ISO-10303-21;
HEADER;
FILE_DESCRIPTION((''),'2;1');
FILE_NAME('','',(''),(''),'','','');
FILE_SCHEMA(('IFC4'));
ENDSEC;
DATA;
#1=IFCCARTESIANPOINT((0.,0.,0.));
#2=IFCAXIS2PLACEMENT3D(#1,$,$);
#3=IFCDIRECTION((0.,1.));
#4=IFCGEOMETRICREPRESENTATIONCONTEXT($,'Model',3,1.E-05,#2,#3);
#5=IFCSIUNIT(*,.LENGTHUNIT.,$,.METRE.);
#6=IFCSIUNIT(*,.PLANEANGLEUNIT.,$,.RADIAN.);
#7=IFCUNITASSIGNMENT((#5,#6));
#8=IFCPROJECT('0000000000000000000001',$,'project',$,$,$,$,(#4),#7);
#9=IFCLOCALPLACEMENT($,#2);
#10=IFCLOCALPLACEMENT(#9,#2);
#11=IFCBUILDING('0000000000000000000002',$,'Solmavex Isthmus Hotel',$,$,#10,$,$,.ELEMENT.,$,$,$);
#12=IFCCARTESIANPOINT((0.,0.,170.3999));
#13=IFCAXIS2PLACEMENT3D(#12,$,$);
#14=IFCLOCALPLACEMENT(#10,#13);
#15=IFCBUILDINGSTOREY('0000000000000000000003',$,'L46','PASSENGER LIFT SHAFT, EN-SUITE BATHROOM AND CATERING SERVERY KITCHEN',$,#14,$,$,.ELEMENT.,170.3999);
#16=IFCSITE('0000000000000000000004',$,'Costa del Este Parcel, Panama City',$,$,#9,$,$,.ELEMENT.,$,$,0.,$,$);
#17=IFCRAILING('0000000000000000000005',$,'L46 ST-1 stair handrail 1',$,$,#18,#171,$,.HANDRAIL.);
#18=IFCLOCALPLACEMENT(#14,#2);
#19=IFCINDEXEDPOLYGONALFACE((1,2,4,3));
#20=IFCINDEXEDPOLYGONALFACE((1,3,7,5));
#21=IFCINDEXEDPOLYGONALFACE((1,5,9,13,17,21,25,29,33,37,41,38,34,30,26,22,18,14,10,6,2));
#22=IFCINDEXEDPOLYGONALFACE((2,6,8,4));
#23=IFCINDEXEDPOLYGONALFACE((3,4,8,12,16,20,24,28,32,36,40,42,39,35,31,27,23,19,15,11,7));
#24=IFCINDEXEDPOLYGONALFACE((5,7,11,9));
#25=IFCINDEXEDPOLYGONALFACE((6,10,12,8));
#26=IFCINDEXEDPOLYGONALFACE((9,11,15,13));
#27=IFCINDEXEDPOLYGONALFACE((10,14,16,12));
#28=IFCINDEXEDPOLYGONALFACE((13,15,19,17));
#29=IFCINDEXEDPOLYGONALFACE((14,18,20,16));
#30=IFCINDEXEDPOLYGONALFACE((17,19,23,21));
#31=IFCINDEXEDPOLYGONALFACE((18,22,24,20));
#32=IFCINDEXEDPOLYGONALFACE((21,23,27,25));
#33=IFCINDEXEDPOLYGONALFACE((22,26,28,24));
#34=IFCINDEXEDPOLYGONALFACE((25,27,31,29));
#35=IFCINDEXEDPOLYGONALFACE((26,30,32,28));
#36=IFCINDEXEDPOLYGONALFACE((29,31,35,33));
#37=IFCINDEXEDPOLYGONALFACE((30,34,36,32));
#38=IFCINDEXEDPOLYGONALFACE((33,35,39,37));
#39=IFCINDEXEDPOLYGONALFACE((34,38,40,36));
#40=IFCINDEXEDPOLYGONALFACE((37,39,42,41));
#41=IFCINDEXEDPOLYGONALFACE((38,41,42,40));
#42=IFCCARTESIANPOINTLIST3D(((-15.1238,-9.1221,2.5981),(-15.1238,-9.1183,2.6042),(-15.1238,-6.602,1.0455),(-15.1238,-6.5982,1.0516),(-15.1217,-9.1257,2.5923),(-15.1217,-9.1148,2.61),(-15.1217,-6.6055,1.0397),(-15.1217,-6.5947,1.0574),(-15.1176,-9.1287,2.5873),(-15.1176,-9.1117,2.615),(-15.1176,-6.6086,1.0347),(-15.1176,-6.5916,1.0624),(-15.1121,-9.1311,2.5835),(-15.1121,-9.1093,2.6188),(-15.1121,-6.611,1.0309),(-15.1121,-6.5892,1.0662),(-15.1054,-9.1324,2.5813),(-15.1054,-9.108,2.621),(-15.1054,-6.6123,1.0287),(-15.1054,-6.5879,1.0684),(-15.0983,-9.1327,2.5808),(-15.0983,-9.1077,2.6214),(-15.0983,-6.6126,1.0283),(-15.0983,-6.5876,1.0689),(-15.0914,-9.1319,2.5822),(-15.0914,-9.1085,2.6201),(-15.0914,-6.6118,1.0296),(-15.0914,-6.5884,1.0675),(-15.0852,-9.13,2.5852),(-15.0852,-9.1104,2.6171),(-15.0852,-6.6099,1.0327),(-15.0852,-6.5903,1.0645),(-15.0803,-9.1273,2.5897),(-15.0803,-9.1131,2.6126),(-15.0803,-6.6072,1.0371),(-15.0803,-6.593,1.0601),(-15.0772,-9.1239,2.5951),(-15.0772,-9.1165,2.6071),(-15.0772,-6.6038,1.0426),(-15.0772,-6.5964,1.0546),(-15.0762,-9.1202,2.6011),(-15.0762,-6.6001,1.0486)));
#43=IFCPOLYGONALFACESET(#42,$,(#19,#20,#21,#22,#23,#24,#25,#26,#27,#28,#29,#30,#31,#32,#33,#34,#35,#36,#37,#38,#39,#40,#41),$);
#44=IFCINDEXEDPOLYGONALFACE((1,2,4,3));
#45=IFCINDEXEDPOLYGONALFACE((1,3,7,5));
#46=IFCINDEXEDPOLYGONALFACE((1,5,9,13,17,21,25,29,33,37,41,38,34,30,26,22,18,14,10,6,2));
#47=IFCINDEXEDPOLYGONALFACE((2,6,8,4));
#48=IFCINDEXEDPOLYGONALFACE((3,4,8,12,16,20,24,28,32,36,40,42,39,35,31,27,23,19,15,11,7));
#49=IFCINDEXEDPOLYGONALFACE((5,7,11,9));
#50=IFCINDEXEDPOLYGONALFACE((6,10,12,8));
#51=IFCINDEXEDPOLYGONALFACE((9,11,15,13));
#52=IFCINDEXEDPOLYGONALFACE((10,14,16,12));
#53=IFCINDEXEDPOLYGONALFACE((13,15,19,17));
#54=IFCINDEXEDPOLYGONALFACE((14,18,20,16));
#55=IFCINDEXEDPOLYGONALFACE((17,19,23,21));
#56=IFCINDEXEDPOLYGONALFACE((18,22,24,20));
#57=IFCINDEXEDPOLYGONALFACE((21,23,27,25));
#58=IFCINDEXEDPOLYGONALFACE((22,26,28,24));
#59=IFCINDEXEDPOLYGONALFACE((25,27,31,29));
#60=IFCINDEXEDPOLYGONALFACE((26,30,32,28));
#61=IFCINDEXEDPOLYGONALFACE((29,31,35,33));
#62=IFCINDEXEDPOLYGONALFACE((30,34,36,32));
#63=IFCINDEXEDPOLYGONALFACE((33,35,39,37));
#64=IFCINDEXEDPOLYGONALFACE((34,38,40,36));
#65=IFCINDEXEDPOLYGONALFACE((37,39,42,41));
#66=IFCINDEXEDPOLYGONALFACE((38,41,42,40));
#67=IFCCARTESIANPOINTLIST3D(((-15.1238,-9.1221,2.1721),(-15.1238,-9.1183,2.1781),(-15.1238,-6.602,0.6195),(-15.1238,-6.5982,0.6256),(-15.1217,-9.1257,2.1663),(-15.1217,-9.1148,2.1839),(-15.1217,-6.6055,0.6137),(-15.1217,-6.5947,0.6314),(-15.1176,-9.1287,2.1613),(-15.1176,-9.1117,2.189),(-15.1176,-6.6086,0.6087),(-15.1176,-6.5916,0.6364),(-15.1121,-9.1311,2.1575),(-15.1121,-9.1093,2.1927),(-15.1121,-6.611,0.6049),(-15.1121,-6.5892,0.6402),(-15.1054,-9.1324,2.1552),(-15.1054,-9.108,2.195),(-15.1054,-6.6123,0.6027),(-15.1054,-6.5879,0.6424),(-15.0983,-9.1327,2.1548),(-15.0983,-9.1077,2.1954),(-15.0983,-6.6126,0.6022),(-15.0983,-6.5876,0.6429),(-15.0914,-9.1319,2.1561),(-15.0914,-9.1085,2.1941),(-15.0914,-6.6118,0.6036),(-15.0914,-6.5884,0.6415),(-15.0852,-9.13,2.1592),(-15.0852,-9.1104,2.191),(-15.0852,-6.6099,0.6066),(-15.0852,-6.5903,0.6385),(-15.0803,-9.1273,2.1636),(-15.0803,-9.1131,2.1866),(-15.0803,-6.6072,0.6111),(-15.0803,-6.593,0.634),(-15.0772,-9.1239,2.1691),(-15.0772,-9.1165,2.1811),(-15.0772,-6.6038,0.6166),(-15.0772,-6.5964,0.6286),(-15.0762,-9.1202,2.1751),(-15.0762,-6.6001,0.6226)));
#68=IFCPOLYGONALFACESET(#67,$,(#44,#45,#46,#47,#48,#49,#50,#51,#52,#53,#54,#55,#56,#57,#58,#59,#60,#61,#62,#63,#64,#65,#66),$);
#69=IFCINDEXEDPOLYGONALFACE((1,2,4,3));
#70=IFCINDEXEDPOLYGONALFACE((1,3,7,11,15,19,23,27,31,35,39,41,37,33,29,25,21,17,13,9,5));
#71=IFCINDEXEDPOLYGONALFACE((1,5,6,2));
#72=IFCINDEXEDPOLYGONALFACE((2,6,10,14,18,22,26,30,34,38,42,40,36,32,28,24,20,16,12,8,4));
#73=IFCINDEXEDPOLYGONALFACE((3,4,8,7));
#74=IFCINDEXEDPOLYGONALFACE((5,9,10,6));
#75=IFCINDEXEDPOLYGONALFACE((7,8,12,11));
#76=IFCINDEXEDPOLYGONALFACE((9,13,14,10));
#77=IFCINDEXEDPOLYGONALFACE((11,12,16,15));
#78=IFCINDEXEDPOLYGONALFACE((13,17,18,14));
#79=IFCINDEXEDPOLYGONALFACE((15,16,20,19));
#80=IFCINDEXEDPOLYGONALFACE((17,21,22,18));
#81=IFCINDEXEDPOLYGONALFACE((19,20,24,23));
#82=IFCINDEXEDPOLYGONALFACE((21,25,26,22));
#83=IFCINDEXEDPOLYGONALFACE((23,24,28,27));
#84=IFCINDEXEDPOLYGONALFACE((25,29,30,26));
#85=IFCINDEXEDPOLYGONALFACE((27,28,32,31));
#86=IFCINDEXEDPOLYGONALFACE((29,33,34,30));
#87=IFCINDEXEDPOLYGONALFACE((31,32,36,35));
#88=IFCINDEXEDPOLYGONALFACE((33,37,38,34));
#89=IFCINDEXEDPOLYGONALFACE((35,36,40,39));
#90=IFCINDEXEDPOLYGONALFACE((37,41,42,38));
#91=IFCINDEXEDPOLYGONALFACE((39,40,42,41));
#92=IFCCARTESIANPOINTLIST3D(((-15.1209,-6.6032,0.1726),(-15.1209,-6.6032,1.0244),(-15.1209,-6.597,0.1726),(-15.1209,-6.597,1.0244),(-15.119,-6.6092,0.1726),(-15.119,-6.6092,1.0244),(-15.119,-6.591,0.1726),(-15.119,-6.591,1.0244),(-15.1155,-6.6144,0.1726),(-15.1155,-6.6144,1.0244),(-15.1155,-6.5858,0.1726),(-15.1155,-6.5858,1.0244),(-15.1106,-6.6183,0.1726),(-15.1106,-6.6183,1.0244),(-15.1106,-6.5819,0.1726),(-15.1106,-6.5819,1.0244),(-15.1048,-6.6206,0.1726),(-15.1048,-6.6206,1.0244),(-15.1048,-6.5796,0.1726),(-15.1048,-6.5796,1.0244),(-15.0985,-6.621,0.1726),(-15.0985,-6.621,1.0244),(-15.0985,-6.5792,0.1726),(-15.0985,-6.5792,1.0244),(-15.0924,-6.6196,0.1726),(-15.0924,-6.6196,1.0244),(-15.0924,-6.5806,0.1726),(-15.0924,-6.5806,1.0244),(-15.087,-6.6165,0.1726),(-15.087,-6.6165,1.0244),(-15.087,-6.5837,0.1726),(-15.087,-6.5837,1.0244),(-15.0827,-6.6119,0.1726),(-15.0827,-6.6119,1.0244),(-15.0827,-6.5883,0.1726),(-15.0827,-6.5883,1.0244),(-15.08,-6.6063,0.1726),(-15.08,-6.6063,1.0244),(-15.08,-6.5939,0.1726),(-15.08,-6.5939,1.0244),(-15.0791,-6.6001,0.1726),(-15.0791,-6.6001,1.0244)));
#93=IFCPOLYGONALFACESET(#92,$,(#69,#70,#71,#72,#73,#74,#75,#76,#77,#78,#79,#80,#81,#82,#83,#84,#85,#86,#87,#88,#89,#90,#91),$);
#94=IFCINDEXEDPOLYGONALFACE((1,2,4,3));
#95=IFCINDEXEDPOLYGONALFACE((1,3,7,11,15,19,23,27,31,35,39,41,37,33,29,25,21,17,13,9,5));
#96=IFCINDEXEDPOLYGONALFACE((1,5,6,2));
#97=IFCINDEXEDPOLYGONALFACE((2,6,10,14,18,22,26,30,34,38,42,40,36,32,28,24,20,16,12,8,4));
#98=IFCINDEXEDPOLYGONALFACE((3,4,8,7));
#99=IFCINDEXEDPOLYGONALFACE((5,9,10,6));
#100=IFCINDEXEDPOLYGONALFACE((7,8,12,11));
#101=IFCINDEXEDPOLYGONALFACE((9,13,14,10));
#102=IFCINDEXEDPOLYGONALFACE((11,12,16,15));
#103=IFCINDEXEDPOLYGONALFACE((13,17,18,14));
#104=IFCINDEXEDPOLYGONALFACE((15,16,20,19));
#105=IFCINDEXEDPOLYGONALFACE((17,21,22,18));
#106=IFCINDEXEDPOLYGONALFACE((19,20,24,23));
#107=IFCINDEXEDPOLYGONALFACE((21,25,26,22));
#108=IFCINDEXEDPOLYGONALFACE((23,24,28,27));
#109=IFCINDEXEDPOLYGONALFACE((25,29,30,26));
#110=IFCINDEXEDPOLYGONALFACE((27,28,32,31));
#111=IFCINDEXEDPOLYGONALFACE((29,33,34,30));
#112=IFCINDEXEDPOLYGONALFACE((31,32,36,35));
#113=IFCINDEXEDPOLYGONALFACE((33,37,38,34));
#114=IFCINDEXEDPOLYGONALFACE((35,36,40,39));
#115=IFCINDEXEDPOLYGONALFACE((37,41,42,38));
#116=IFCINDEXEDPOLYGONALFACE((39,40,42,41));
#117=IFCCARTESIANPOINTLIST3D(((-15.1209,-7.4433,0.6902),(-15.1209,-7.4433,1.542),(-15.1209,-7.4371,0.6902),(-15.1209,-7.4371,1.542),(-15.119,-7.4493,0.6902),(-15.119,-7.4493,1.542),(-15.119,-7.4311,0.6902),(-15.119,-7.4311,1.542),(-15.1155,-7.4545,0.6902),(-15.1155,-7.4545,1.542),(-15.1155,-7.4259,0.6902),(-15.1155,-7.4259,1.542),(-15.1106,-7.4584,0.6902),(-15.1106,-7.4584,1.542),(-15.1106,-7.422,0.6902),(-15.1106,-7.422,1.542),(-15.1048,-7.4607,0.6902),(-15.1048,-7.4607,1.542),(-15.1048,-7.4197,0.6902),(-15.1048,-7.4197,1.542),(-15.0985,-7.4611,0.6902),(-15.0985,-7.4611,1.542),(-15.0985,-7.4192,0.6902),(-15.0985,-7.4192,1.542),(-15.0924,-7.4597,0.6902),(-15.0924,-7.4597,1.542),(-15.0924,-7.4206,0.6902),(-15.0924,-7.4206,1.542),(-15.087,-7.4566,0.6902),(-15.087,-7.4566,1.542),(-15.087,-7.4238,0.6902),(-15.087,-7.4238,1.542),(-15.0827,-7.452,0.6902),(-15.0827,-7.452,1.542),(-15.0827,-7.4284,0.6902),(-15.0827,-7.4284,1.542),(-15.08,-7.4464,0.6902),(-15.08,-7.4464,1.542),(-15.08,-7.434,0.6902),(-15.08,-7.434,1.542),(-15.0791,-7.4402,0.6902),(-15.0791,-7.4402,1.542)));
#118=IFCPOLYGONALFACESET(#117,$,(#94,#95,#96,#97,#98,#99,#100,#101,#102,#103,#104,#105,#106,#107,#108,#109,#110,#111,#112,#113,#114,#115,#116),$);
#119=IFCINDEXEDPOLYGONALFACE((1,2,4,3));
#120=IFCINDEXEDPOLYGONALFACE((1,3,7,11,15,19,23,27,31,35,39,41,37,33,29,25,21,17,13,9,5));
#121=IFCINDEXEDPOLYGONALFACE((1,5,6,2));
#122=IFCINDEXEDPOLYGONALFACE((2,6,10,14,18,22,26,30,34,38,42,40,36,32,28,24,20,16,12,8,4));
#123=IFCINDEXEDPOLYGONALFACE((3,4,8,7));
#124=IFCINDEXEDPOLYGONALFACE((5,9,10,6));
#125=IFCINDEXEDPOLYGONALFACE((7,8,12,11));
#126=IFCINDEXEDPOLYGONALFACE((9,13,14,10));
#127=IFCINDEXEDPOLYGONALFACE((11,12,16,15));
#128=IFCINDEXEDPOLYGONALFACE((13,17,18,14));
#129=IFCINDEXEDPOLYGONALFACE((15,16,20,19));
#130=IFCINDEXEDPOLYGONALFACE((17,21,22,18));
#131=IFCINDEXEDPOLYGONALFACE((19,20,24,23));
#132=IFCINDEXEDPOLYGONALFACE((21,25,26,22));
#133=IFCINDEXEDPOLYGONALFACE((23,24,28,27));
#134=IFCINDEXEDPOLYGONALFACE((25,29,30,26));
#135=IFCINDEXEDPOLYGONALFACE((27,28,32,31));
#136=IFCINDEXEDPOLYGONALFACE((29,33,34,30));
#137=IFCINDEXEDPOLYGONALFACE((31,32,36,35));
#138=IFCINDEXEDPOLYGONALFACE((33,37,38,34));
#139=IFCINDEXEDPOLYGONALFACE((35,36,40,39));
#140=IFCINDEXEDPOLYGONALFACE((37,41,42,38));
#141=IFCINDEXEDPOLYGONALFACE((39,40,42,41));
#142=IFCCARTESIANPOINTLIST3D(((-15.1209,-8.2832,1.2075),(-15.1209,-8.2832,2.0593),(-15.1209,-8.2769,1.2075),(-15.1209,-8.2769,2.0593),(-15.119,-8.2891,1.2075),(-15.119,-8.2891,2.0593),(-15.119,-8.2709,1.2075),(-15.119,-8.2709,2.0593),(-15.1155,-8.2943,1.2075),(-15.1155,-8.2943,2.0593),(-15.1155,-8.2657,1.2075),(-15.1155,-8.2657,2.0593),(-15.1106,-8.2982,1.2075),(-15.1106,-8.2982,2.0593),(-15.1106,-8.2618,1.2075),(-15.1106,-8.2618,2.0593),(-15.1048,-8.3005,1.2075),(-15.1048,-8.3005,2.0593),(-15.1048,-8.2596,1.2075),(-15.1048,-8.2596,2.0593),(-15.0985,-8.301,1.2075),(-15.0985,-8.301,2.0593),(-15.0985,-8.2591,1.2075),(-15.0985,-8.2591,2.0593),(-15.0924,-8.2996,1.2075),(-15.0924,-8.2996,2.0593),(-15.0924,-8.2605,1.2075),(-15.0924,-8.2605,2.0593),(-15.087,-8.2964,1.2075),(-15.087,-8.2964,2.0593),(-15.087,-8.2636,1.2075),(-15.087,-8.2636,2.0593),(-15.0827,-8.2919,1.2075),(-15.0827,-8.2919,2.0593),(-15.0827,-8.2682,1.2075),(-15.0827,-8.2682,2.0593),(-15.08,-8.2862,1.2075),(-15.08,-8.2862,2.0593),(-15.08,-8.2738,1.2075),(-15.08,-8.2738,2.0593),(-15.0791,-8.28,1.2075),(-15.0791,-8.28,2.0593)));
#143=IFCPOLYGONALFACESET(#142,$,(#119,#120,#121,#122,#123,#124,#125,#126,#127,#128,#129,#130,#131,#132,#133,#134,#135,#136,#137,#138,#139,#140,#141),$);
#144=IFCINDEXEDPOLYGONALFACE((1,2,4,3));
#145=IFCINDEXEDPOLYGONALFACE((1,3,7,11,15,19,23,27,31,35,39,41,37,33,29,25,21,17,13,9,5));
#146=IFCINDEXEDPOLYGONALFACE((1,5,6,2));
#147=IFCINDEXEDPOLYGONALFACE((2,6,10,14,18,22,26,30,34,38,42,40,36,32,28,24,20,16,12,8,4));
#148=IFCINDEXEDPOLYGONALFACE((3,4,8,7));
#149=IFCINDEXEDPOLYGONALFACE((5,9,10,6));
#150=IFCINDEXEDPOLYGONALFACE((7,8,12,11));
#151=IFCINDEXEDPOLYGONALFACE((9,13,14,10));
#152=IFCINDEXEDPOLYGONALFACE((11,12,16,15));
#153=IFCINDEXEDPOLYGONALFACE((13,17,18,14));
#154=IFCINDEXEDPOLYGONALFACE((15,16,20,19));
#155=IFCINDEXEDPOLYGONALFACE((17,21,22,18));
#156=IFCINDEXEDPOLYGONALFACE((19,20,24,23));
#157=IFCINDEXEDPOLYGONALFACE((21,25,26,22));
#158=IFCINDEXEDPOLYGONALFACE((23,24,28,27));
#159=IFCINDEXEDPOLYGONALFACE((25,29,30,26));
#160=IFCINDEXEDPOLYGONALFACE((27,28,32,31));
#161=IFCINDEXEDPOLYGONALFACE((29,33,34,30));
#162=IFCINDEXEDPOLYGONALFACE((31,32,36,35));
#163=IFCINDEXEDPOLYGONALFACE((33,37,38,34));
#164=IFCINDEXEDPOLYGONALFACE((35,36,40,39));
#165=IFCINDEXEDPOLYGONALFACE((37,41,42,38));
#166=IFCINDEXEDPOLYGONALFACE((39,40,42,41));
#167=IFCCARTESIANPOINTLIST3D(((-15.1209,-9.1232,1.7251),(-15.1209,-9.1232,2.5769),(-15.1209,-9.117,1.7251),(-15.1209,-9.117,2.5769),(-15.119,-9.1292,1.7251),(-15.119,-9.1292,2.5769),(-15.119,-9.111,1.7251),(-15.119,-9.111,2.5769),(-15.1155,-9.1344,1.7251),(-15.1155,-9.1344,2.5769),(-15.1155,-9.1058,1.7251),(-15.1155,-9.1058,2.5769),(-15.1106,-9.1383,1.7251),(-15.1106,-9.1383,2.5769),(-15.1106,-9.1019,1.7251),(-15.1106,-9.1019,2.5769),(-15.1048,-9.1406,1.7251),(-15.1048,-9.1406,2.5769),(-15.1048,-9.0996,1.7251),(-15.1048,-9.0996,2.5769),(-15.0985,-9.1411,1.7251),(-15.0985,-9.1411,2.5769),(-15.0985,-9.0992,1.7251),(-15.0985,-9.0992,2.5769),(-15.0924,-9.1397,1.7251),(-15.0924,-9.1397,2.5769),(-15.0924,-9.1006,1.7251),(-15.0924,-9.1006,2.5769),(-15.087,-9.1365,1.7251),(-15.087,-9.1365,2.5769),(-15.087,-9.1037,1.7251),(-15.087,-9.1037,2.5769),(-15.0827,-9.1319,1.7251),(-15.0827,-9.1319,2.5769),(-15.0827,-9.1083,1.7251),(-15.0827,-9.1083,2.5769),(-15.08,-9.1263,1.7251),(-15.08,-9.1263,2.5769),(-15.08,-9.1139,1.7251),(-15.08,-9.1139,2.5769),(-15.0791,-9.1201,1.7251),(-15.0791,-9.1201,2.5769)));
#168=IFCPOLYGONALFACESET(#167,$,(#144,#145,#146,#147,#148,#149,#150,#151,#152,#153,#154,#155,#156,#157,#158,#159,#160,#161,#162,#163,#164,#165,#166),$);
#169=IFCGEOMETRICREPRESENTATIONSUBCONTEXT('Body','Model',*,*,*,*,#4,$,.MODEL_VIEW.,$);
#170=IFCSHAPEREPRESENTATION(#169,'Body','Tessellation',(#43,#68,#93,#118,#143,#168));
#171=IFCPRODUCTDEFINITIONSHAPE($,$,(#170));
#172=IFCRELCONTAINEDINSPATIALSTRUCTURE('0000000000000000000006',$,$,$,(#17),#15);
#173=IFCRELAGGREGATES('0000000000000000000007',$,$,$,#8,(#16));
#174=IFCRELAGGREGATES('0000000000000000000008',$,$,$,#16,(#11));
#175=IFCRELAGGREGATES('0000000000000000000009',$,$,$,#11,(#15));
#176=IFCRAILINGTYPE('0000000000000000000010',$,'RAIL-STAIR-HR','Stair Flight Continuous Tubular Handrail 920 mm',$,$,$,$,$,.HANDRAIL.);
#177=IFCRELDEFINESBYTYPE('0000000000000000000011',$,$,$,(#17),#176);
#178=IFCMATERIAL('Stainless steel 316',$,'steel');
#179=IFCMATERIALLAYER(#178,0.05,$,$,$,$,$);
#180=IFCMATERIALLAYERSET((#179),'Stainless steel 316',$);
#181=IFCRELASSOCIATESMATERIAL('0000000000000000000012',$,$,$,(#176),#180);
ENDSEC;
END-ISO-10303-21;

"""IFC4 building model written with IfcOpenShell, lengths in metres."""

from ifc_helpers import new_model, si_unit, direction, frame, origin, origin_2d, place, context, subcontext, project, spatial, circle, extrude, material, layer, layer_set, type_object, element, save


model = new_model("IFC4")

# Units and contexts
model_context = context("Model", 3, precision=1e-05, world=origin(), true_north=direction((0.0, 1.0)))
body_context = subcontext(model_context, "Body", "Model", "MODEL_VIEW")
ifc_project = project(units=[si_unit("LENGTHUNIT", "METRE"), si_unit("PLANEANGLEUNIT", "RADIAN")], contexts=[model_context])

# Site, building, storey
site_placement = place(None, origin())
site = spatial("IfcSite", under=ifc_project, at=site_placement, Name="Costa del Este Parcel, Panama City", CompositionType="ELEMENT", RefElevation=0.0)
building_placement = place(site_placement, origin())
building = spatial("IfcBuilding", under=site, at=building_placement, Name="Solmavex Isthmus Hotel", CompositionType="ELEMENT")
storey_placement = place(building_placement, frame((0.0, 0.0, 170.3999)))
storey = spatial("IfcBuildingStorey", under=building, at=storey_placement, Name="L46", Description="PASSENGER LIFT SHAFT, EN-SUITE BATHROOM AND CATERING SERVERY KITCHEN", CompositionType="ELEMENT", Elevation=170.3999)

# Railing
ifc_material_1 = material(Name="Stainless steel 316", Category="steel")
ifc_layer_1 = layer(ifc_material_1, 0.05)
ifc_layer_set_1 = layer_set([ifc_layer_1], Name="Stainless steel 316")
railing_type_1 = type_object("IfcRailingType", Name="RAIL-STAIR-HR", Description="Stair Flight Continuous Tubular Handrail 920 mm", PredefinedType="HANDRAIL", material=ifc_layer_set_1)
railing_1_placement = place(storey_placement, frame((-15.1001, -6.6001, 0.1726)))
element("IfcRailing", 1, at=railing_1_placement, inside=storey, type_object=railing_type_1, Name="L46 ST-1 stair handrail 1", PredefinedType="HANDRAIL", context=body_context, shape_type="SweptSolid", body=[
    extrude(circle(Radius=0.0239, at=origin_2d()), frame((0.0, 0.0, 0.876), z_axis=(0.0, -0.8514, 0.524516), x_axis=(1.0, 0.0, 0.0)), (0.0, 0.0, 1.0), 2.96),
    extrude(circle(Radius=0.0239, at=origin_2d()), frame((0.0, 0.0, 0.45), z_axis=(0.0, -0.8514, 0.524516), x_axis=(1.0, 0.0, 0.0)), (0.0, 0.0, 1.0), 2.96),
    extrude(circle(Radius=0.021, at=origin_2d()), origin(), (0.0, 0.0, 1.0), 0.8518),
    extrude(circle(Radius=0.021, at=origin_2d()), frame((0.0, -0.8401, 0.5176)), (0.0, 0.0, 1.0), 0.8518),
    extrude(circle(Radius=0.021, at=origin_2d()), frame((0.0, -1.6799, 1.0349)), (0.0, 0.0, 1.0), 0.8518),
    extrude(circle(Radius=0.021, at=origin_2d()), frame((0.0, -2.52, 1.5525)), (0.0, 0.0, 1.0), 0.8518),
])

save(model, "model.ifc")
